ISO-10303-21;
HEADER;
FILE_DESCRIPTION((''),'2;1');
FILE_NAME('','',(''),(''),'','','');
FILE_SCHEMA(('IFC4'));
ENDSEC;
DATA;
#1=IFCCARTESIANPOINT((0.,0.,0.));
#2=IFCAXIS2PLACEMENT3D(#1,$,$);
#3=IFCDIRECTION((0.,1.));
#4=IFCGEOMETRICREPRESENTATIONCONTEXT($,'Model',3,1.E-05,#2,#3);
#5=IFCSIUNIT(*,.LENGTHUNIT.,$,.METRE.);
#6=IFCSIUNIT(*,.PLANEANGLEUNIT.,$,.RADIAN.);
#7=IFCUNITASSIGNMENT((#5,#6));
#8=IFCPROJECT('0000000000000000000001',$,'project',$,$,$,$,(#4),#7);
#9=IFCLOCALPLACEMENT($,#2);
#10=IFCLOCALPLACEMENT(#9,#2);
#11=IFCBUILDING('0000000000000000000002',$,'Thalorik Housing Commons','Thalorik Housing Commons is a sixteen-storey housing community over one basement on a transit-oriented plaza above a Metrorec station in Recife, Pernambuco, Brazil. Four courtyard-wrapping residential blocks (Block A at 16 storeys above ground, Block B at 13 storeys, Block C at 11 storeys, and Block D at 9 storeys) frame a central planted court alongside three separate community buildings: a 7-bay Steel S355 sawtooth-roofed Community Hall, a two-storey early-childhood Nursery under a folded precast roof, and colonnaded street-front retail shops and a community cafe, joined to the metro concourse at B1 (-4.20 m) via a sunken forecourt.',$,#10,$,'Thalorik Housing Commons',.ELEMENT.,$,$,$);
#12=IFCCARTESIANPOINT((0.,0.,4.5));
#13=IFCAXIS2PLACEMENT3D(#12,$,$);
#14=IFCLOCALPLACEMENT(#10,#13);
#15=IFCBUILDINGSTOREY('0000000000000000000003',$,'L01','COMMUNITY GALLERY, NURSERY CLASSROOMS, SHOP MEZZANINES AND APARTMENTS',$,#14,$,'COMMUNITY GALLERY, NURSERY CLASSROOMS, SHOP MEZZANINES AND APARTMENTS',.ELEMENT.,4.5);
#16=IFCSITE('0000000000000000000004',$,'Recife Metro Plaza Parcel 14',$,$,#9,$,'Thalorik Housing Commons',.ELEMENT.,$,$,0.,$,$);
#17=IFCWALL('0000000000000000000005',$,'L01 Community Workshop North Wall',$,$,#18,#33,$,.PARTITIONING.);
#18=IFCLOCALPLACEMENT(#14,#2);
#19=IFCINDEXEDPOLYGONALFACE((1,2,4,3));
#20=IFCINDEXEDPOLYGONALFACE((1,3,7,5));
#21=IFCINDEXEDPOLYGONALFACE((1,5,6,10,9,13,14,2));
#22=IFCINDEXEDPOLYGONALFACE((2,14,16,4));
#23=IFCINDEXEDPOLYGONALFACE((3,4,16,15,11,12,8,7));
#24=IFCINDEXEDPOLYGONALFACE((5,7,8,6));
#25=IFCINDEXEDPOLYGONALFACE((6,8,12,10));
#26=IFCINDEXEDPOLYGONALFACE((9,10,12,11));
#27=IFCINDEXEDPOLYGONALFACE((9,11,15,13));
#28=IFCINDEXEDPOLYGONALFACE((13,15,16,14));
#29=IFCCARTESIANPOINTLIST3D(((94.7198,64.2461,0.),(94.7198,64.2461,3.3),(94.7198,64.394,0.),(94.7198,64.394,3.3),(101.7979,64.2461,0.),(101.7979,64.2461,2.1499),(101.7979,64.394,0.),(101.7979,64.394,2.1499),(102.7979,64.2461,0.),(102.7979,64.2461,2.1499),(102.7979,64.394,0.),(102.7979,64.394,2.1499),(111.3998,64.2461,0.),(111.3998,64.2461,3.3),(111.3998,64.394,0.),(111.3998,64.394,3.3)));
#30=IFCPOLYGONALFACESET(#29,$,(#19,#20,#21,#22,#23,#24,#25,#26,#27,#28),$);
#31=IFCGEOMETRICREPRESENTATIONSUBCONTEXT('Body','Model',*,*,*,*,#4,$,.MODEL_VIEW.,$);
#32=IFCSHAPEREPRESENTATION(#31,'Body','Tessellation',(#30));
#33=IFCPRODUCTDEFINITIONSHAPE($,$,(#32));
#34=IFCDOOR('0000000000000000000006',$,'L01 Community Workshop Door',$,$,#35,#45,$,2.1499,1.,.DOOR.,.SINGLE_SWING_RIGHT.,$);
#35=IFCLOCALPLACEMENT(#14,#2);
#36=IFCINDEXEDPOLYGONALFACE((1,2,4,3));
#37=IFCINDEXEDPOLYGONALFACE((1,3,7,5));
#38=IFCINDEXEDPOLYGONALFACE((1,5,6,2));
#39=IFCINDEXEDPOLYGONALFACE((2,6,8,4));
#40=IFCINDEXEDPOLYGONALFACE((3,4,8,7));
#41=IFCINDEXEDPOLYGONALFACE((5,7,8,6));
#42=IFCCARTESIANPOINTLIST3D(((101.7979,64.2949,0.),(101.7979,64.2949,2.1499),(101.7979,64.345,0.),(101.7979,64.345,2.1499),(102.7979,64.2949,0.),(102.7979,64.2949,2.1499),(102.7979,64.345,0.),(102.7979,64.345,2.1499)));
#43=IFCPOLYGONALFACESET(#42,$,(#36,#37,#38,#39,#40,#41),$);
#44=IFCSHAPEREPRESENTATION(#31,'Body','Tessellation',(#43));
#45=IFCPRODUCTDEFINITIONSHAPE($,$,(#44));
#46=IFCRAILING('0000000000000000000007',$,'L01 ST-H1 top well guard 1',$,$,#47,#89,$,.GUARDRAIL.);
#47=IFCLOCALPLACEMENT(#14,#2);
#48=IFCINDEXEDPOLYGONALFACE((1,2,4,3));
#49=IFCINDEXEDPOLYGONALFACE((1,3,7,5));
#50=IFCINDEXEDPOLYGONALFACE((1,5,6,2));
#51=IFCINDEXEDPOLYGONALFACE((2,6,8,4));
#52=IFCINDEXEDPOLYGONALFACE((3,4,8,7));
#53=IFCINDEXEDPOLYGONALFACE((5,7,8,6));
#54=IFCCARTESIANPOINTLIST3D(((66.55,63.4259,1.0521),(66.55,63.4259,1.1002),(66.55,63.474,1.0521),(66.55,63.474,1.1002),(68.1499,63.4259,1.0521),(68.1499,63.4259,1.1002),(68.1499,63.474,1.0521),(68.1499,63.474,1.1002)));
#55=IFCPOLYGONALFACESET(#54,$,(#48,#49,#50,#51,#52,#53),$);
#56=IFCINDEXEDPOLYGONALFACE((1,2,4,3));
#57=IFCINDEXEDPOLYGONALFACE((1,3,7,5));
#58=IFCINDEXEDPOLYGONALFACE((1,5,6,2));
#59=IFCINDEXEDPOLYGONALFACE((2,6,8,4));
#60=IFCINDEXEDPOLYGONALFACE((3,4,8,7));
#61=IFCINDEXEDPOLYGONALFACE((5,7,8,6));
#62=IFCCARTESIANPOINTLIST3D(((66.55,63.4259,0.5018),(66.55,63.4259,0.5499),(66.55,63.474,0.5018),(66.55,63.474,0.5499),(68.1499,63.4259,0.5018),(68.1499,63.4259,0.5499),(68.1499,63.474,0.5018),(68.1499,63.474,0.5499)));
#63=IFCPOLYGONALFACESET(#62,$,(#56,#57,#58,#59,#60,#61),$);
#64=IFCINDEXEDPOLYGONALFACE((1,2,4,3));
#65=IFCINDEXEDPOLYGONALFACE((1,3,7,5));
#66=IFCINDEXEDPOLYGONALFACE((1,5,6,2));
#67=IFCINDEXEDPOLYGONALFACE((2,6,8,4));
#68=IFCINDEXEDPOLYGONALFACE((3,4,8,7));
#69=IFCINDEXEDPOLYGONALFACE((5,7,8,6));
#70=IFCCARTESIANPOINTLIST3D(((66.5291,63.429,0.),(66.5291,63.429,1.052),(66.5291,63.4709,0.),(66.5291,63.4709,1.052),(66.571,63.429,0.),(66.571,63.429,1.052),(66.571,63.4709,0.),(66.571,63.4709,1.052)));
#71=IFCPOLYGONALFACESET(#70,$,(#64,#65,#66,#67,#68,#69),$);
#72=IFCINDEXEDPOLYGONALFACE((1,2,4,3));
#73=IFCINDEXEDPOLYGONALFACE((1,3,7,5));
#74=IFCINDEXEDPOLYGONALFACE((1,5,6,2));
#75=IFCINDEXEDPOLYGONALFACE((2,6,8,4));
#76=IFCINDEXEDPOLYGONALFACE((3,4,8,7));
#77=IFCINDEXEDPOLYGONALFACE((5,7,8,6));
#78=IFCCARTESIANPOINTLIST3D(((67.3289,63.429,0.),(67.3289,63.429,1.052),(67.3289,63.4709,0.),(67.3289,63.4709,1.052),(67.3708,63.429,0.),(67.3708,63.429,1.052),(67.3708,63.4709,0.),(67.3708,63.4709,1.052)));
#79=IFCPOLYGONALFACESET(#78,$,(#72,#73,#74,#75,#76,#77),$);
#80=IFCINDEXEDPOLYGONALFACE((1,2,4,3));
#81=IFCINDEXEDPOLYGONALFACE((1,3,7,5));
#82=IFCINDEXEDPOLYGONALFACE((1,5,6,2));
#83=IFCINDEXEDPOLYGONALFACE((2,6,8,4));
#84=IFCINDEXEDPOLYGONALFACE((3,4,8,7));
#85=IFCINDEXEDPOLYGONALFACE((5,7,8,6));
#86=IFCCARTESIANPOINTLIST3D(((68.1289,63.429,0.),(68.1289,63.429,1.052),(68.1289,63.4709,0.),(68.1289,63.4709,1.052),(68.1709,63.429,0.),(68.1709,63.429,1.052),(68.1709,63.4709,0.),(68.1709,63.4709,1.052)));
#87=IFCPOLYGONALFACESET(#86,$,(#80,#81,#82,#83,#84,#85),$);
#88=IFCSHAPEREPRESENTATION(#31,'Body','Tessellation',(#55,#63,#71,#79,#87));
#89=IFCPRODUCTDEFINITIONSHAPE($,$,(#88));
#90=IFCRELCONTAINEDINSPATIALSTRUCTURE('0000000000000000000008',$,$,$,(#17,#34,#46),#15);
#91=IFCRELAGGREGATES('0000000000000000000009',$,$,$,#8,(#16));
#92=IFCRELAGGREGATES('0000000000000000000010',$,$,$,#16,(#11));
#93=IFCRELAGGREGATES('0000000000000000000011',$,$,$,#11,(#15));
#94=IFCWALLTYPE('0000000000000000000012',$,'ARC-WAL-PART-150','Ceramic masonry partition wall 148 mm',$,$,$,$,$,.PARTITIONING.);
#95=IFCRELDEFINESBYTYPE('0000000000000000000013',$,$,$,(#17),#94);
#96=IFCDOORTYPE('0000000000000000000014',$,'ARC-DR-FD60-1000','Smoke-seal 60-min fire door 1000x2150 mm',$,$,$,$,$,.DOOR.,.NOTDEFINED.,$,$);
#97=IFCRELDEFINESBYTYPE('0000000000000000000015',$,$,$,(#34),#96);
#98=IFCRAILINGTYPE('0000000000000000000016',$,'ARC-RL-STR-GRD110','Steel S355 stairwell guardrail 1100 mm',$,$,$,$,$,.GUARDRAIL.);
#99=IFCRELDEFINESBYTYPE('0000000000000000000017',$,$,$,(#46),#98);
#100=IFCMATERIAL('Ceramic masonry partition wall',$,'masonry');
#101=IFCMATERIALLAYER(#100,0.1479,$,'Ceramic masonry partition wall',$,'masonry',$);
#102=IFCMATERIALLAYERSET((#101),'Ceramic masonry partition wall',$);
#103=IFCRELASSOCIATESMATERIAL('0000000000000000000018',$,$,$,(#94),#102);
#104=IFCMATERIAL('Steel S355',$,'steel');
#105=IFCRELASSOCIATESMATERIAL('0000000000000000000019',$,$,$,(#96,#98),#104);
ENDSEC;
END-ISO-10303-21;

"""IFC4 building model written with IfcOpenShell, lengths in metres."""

from ifc_helpers import new_model, si_unit, direction, frame, frame_2d, origin, origin_2d, place, context, subcontext, project, spatial, rectangle, extrude, material, layer, layer_set, type_object, element, fill, save


model = new_model("IFC4")

# Units and contexts
model_context = context("Model", 3, precision=1e-05, world=origin(), true_north=direction((0.0, 1.0)))
body_context = subcontext(model_context, "Body", "Model", "MODEL_VIEW")
ifc_project = project(units=[si_unit("LENGTHUNIT", "METRE"), si_unit("PLANEANGLEUNIT", "RADIAN")], contexts=[model_context])

# Site, building, storey
site_placement = place(None, origin())
site = spatial("IfcSite", under=ifc_project, at=site_placement, Name="Recife Metro Plaza Parcel 14", LongName="Thalorik Housing Commons", CompositionType="ELEMENT", RefElevation=0.0)
building_placement = place(site_placement, origin())
building = spatial("IfcBuilding", under=site, at=building_placement, Name="Thalorik Housing Commons", Description="Thalorik Housing Commons is a sixteen-storey housing community over one basement on a transit-oriented plaza above a Metrorec station in Recife, Pernambuco, Brazil. Four courtyard-wrapping residential blocks (Block A at 16 storeys above ground, Block B at 13 storeys, Block C at 11 storeys, and Block D at 9 storeys) frame a central planted court alongside three separate community buildings: a 7-bay Steel S355 sawtooth-roofed Community Hall, a two-storey early-childhood Nursery under a folded precast roof, and colonnaded street-front retail shops and a community cafe, joined to the metro concourse at B1 (-4.20 m) via a sunken forecourt.", LongName="Thalorik Housing Commons", CompositionType="ELEMENT")
storey_placement = place(building_placement, frame((0.0, 0.0, 4.5)))
storey = spatial("IfcBuildingStorey", under=building, at=storey_placement, Name="L01", Description="COMMUNITY GALLERY, NURSERY CLASSROOMS, SHOP MEZZANINES AND APARTMENTS", LongName="COMMUNITY GALLERY, NURSERY CLASSROOMS, SHOP MEZZANINES AND APARTMENTS", CompositionType="ELEMENT", Elevation=4.5)

# Shared definitions
ifc_material_1 = material(Name="Steel S355", Category="steel")

# Shared definitions
ifc_material_2 = material(Name="Ceramic masonry partition wall", Category="masonry")
ifc_layer_1 = layer(ifc_material_2, 0.1479, Name="Ceramic masonry partition wall", Category="masonry")
ifc_layer_set_1 = layer_set([ifc_layer_1], Name="Ceramic masonry partition wall")
wall_type_1 = type_object("IfcWallType", Name="ARC-WAL-PART-150", Description="Ceramic masonry partition wall 148 mm", PredefinedType="PARTITIONING", material=ifc_layer_set_1)

# Wall, opening, door
wall_1_placement = place(storey_placement, frame((94.72, 64.3201, 0.0), z_axis=(0.0, 0.0, 1.0), x_axis=(1.0, 0.0, 0.0)))
wall_1 = element("IfcWall", 1, at=wall_1_placement, inside=storey, type_object=wall_type_1, Name="L01 Community Workshop North Wall", PredefinedType="PARTITIONING", context=body_context, shape_type="SweptSolid", body=[
    extrude(rectangle(XDim=16.6799, YDim=0.1479, at=frame_2d((8.3398, 0.0))), origin(), (0.0, 0.0, 1.0), 3.3),
])
opening_placement = place(wall_1_placement, frame((7.0779, 0.0, 0.0)))
opening = element("IfcOpeningElement", 2, at=opening_placement, cuts=wall_1, PredefinedType="OPENING", context=body_context, shape_type="SweptSolid", body=[
    extrude(rectangle(XDim=1.0, YDim=2.1499, at=frame_2d((0.5, 1.075))), frame((0.0, 0.084, 0.0), z_axis=(0.0, -1.0, 0.0), x_axis=(1.0, 0.0, 0.0)), (0.0, 0.0, 1.0), 0.168),
])
door_type = type_object("IfcDoorType", Name="ARC-DR-FD60-1000", Description="Smoke-seal 60-min fire door 1000x2150 mm", OperationType="NOTDEFINED", PredefinedType="DOOR", material=ifc_material_1)
door_placement = place(opening_placement, origin())
door = element("IfcDoor", 3, at=door_placement, inside=storey, type_object=door_type, Name="L01 Community Workshop Door", OperationType="SINGLE_SWING_RIGHT", OverallHeight=2.1499, OverallWidth=1.0, PredefinedType="DOOR", context=body_context, shape_type="SweptSolid", body=[
    extrude(rectangle(XDim=1.0, YDim=2.1499, at=frame_2d((0.5, 1.075))), frame((0.0, 0.0249, 0.0), z_axis=(0.0, -1.0, 0.0), x_axis=(1.0, 0.0, 0.0)), (0.0, 0.0, 1.0), 0.05),
])
fill(opening, door)

# Railing
railing_type = type_object("IfcRailingType", Name="ARC-RL-STR-GRD110", Description="Steel S355 stairwell guardrail 1100 mm", PredefinedType="GUARDRAIL", material=ifc_material_1)
railing_placement = place(storey_placement, frame((66.55, 63.45, 0.0)))
element("IfcRailing", 4, at=railing_placement, inside=storey, type_object=railing_type, Name="L01 ST-H1 top well guard 1", PredefinedType="GUARDRAIL", context=body_context, shape_type="SweptSolid", body=[
    extrude(rectangle(XDim=0.0481, YDim=0.0481, at=origin_2d()), frame((0.0, 0.0, 1.0762), z_axis=(1.0, 0.0, 0.0), x_axis=(0.0, 1.0, 0.0)), (0.0, 0.0, 1.0), 1.5999),
    extrude(rectangle(XDim=0.0481, YDim=0.0481, at=origin_2d()), frame((0.0, 0.0, 0.5259), z_axis=(1.0, 0.0, 0.0), x_axis=(0.0, 1.0, 0.0)), (0.0, 0.0, 1.0), 1.5999),
    extrude(rectangle(XDim=0.042, YDim=0.042, at=origin_2d()), origin(), (0.0, 0.0, 1.0), 1.052),
    extrude(rectangle(XDim=0.042, YDim=0.042, at=origin_2d()), frame((0.7998, 0.0, 0.0)), (0.0, 0.0, 1.0), 1.052),
    extrude(rectangle(XDim=0.042, YDim=0.042, at=origin_2d()), frame((1.5999, 0.0, 0.0)), (0.0, 0.0, 1.0), 1.052),
])

save(model, "model.ifc")
